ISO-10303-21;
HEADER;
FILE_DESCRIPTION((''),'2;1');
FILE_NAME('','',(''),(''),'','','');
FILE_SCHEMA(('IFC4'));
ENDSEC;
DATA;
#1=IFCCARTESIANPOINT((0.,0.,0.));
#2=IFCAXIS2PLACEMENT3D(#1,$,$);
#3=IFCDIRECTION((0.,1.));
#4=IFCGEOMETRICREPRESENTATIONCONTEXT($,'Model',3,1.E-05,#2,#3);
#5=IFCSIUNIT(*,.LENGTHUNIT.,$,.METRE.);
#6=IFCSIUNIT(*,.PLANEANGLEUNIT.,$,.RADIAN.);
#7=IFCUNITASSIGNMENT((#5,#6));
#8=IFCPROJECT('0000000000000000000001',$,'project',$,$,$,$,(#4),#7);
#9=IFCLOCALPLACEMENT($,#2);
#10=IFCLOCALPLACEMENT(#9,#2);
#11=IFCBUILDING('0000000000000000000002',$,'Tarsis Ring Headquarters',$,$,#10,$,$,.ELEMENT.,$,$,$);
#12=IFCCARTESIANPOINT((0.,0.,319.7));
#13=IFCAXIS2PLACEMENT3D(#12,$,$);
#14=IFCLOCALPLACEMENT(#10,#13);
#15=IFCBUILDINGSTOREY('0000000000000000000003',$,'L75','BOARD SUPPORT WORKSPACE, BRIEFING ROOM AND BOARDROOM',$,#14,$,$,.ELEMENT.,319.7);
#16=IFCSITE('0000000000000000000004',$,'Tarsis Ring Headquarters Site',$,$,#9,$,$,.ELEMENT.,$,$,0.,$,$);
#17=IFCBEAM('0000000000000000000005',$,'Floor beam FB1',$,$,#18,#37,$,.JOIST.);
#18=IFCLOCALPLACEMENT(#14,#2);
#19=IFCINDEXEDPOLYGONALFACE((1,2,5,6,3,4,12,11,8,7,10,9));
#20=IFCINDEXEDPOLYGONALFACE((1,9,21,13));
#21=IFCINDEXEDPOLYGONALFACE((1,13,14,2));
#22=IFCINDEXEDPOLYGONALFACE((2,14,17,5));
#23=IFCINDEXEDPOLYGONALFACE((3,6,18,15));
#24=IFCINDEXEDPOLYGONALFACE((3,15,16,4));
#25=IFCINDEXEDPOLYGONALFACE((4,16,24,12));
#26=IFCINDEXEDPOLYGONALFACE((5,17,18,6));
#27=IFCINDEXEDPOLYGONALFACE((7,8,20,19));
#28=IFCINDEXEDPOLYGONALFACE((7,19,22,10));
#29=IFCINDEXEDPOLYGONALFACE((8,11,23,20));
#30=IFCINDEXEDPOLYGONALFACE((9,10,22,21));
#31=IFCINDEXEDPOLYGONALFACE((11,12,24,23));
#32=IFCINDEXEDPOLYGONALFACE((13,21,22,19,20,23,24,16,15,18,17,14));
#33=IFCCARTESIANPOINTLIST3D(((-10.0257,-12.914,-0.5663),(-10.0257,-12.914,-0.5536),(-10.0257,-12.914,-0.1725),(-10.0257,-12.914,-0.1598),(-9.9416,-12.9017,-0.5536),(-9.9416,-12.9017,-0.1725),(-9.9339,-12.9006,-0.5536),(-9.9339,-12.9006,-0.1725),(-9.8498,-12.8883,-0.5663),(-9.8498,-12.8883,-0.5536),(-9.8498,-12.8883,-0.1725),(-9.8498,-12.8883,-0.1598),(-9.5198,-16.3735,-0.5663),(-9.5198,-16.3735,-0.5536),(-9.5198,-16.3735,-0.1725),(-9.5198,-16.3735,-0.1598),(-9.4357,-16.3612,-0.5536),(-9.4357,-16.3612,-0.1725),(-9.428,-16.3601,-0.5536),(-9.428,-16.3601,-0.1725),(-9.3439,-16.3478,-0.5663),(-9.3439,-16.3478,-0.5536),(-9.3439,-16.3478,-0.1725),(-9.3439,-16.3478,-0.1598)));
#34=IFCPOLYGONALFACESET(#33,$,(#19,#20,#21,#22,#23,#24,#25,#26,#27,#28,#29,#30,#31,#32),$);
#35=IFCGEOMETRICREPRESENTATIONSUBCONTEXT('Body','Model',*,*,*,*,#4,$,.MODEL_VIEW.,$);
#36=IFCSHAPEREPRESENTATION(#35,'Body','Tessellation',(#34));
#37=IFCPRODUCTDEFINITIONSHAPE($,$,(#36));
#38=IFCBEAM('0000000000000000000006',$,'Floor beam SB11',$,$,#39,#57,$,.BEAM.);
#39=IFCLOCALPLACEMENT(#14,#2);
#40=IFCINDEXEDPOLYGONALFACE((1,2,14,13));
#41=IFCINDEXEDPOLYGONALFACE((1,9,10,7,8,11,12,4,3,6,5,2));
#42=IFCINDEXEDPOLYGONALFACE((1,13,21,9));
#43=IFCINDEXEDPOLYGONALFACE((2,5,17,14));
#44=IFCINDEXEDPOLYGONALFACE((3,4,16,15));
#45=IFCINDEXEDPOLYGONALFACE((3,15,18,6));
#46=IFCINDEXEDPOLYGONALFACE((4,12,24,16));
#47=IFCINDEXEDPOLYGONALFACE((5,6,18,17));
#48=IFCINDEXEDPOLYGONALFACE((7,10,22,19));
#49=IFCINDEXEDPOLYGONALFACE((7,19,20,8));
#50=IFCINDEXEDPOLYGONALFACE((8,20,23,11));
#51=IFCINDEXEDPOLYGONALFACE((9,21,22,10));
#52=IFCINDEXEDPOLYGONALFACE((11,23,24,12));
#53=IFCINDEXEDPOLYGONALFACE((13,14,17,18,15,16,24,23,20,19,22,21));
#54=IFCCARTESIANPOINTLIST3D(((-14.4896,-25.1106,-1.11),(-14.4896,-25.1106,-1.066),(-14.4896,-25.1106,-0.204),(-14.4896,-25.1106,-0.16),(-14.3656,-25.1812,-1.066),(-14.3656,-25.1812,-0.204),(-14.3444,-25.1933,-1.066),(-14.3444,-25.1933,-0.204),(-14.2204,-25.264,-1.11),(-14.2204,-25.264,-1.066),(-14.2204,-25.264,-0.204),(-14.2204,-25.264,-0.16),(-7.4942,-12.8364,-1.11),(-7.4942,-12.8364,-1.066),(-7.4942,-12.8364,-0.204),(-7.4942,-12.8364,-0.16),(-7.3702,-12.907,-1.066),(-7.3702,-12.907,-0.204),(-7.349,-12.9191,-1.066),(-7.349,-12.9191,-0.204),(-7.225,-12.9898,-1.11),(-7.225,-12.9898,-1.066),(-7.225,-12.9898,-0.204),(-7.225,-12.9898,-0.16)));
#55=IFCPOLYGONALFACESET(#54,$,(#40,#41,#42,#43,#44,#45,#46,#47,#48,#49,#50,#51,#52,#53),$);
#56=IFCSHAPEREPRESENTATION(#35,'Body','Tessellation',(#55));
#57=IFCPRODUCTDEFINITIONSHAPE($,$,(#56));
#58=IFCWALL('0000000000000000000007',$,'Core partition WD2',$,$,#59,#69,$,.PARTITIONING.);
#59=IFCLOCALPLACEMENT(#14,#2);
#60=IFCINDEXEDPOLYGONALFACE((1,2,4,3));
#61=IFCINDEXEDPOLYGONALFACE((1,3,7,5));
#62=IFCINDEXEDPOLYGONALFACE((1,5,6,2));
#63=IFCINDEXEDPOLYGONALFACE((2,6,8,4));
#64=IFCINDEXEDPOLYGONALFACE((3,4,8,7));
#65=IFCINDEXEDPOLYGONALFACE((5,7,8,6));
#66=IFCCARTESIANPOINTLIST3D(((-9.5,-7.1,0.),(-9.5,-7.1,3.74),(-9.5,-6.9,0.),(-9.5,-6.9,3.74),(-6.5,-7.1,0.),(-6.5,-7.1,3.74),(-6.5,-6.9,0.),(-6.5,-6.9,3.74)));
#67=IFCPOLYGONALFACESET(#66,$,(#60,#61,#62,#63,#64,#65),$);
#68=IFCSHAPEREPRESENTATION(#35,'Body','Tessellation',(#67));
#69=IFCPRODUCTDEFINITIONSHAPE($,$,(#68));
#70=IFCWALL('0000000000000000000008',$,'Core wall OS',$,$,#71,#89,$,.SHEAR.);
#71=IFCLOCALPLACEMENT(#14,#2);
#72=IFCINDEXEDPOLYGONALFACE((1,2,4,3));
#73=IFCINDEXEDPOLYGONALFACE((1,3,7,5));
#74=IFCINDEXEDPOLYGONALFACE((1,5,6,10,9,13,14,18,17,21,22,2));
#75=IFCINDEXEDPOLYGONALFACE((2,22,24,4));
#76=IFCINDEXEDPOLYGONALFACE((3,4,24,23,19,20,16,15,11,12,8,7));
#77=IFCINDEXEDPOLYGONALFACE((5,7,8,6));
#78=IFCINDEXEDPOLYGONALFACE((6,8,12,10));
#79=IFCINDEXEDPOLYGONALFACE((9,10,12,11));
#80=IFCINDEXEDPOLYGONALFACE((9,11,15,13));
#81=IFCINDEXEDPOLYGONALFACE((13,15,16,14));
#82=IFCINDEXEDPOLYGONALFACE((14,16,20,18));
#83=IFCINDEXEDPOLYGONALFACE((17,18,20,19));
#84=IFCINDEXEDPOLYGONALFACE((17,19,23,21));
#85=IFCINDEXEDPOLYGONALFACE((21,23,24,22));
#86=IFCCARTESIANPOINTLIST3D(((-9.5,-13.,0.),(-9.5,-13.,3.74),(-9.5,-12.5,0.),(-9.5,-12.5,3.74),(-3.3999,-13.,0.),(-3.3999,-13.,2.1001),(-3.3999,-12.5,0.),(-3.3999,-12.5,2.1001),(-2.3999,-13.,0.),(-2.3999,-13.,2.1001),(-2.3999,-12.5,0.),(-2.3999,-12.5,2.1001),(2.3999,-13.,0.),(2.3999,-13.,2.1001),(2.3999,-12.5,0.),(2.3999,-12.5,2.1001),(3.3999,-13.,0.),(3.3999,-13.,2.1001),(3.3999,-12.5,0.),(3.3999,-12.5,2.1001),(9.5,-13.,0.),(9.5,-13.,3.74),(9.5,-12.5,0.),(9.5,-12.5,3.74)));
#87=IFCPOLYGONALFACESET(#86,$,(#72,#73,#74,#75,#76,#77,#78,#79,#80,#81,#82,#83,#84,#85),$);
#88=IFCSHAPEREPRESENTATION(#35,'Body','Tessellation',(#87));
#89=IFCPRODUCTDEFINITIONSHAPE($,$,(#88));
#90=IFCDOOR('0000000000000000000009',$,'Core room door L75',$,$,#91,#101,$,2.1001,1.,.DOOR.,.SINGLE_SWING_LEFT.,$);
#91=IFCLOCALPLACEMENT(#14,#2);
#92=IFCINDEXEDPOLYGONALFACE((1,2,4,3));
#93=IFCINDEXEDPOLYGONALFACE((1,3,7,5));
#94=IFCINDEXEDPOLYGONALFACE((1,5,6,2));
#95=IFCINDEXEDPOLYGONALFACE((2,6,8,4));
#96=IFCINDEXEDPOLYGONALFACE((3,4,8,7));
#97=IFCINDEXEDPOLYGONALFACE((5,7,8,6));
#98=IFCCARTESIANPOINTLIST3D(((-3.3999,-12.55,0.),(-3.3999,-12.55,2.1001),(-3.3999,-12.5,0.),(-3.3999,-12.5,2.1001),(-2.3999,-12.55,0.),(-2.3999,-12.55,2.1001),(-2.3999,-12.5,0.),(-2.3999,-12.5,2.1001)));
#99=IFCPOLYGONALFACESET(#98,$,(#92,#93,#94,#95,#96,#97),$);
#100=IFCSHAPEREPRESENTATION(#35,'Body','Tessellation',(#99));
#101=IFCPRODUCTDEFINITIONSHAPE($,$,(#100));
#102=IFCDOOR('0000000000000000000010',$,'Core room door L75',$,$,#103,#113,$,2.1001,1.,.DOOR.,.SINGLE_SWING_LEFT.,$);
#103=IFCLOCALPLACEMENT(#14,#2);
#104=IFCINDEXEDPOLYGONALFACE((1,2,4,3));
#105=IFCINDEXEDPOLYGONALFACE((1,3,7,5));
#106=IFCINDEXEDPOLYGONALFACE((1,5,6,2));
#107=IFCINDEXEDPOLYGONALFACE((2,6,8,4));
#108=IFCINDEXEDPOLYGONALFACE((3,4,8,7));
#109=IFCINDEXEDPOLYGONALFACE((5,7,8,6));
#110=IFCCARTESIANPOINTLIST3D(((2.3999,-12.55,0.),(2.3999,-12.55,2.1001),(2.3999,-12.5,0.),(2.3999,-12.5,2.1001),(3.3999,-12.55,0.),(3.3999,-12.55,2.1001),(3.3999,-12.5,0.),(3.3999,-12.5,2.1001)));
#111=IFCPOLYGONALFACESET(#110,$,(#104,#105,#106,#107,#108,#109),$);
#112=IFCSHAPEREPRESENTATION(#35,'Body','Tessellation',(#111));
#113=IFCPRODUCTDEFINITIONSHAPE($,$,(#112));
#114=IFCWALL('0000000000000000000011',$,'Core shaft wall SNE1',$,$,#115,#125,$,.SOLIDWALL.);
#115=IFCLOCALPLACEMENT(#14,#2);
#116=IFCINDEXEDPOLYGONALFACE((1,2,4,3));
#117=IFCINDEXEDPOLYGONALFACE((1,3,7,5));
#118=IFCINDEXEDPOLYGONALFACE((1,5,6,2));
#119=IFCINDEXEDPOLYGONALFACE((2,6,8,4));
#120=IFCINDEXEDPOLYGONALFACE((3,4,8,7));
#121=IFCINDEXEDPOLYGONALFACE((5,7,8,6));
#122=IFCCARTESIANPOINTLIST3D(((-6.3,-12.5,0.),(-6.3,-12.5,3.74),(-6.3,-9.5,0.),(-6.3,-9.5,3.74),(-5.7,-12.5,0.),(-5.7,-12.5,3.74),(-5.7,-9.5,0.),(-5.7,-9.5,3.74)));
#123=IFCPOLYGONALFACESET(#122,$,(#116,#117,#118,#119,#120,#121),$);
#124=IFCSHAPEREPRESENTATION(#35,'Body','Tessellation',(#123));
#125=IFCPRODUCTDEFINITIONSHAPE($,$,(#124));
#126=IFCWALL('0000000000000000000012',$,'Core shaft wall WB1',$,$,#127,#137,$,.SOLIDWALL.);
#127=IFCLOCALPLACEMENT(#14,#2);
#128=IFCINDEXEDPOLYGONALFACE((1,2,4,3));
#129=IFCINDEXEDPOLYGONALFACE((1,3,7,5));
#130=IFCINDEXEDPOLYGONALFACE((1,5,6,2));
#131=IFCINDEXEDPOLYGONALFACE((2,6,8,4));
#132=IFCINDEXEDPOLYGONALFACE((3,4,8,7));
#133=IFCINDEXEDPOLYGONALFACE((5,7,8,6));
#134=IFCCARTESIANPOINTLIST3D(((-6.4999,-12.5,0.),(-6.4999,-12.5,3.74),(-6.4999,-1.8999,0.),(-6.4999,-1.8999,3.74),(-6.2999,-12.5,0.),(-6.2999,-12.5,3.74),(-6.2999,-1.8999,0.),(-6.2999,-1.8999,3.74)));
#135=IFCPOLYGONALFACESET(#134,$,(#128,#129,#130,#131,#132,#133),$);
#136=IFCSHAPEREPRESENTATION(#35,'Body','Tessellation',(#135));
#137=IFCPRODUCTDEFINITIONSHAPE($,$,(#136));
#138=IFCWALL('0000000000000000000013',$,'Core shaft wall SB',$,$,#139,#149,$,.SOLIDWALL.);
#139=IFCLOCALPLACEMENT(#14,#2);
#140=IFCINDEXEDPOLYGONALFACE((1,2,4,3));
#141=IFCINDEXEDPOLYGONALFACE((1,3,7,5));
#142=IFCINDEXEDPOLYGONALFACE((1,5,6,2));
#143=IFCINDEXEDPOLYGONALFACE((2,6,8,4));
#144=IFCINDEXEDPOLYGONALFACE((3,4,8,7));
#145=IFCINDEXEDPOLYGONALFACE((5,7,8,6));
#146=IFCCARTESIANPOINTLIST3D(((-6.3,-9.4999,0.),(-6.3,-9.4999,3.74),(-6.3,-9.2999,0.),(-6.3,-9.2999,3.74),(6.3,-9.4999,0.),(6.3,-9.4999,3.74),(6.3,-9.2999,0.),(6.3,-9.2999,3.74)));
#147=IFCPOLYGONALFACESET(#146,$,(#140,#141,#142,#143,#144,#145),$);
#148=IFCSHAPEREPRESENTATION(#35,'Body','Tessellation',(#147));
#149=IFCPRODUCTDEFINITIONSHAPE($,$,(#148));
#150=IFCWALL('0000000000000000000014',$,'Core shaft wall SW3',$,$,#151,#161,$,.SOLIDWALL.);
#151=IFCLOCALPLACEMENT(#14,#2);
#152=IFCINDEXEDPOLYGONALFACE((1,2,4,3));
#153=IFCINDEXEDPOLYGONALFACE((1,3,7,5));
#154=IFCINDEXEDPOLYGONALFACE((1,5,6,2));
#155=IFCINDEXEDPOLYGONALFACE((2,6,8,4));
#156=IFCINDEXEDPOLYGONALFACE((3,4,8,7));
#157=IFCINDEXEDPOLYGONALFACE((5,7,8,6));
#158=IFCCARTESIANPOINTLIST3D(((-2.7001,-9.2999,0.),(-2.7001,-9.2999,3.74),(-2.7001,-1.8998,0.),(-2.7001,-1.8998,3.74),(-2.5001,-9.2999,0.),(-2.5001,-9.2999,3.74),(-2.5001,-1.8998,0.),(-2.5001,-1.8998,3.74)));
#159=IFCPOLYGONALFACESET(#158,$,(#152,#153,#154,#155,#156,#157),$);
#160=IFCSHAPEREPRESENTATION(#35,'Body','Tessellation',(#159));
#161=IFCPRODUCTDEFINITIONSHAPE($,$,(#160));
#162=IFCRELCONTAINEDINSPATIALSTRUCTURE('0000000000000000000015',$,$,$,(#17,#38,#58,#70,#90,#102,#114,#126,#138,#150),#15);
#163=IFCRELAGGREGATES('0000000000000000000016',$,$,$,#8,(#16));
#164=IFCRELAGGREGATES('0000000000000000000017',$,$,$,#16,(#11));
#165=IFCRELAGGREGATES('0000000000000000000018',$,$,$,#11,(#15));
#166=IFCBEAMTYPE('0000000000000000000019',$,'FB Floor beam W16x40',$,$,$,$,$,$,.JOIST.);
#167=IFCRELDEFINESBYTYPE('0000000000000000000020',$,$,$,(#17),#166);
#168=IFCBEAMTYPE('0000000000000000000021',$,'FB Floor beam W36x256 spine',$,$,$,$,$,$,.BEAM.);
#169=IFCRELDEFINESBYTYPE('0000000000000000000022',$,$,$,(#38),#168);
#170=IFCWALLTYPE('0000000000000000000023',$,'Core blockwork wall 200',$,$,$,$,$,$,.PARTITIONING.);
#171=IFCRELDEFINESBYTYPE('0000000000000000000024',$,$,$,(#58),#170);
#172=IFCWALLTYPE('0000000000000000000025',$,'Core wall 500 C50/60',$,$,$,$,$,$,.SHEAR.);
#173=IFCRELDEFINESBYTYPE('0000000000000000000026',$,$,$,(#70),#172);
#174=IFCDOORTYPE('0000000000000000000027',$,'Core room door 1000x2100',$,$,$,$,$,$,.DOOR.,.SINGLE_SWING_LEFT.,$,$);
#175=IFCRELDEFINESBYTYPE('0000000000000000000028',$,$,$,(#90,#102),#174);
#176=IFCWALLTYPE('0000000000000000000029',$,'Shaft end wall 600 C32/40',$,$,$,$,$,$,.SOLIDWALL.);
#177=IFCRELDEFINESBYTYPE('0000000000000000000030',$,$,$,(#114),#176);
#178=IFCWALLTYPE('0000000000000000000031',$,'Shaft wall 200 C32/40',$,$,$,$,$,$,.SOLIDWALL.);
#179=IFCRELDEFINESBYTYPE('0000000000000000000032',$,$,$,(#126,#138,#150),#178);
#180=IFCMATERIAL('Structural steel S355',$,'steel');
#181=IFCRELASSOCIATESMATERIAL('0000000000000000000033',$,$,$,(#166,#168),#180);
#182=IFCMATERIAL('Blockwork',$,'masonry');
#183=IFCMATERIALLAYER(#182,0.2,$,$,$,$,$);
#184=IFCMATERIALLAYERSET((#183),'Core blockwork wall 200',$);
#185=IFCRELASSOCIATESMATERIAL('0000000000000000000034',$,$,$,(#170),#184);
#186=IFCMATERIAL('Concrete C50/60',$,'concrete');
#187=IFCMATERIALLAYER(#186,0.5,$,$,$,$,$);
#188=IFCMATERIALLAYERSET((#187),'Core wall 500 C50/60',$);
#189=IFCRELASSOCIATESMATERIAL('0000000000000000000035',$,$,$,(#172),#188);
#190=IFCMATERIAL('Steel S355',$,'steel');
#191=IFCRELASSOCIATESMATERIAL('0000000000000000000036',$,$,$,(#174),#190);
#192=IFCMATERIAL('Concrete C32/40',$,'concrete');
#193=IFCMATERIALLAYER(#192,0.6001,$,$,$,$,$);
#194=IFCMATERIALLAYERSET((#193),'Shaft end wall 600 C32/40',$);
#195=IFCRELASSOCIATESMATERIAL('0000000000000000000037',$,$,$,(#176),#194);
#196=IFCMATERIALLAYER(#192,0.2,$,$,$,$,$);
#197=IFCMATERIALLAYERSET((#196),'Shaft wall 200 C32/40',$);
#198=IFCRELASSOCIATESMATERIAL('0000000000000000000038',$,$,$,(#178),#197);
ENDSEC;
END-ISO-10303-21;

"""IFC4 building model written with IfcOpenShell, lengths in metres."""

from ifc_helpers import new_model, si_unit, direction, frame, frame_2d, origin, origin_2d, place, context, subcontext, project, spatial, rectangle, i_section, extrude, material, layer, layer_set, material_profile, profile_set, type_object, element, fill, save


model = new_model("IFC4")

# Units and contexts
model_context = context("Model", 3, precision=1e-05, world=origin(), true_north=direction((0.0, 1.0)))
body_context = subcontext(model_context, "Body", "Model", "MODEL_VIEW")
ifc_project = project(units=[si_unit("LENGTHUNIT", "METRE"), si_unit("PLANEANGLEUNIT", "RADIAN")], contexts=[model_context])

# Site, building, storey
site_placement = place(None, origin())
site = spatial("IfcSite", under=ifc_project, at=site_placement, Name="Tarsis Ring Headquarters Site", CompositionType="ELEMENT", RefElevation=0.0)
building_placement = place(site_placement, origin())
building = spatial("IfcBuilding", under=site, at=building_placement, Name="Tarsis Ring Headquarters", CompositionType="ELEMENT")
storey_placement = place(building_placement, frame((0.0, 0.0, 319.7)))
storey = spatial("IfcBuildingStorey", under=building, at=storey_placement, Name="L75", Description="BOARD SUPPORT WORKSPACE, BRIEFING ROOM AND BOARDROOM", CompositionType="ELEMENT", Elevation=319.7)

# Beams
ifc_material_1 = material(Name="Structural steel S355", Category="steel")
ifc_material_profile_1 = material_profile(ifc_material_1, i_section(OverallWidth=0.1777, OverallDepth=0.4065, WebThickness=0.0078, FlangeThickness=0.0127, at=origin_2d()), Name="W16x40")
ifc_profile_set_1 = profile_set([ifc_material_profile_1], Name="Structural steel S355")
beam_type_1 = type_object("IfcBeamType", Name="FB Floor beam W16x40", PredefinedType="JOIST", material=ifc_profile_set_1)
beam_1_placement = place(storey_placement, frame((-9.9377, -12.9011, -0.363), z_axis=(0.144686, -0.989478, 0.0), x_axis=(0.989478, 0.144686, 0.0)))
element("IfcBeam", 1, at=beam_1_placement, inside=storey, type_object=beam_type_1, Name="Floor beam FB1", PredefinedType="JOIST", context=body_context, shape_type="SweptSolid", body=[
    extrude(i_section(OverallWidth=0.1777, OverallDepth=0.4065, WebThickness=0.0078, FlangeThickness=0.0127, at=origin_2d()), origin(), (0.0, 0.0, 1.0), 3.4963),
])
ifc_material_profile_2 = material_profile(ifc_material_1, i_section(OverallWidth=0.3098, OverallDepth=0.95, WebThickness=0.0244, FlangeThickness=0.0439, at=origin_2d()), Name="W36x256")
ifc_profile_set_2 = profile_set([ifc_material_profile_2], Name="Structural steel S355")
beam_type_2 = type_object("IfcBeamType", Name="FB Floor beam W36x256 spine", PredefinedType="BEAM", material=ifc_profile_set_2)
beam_2_placement = place(storey_placement, frame((-7.3596, -12.9131, -0.635), z_axis=(-0.495154, -0.868805, 0.0), x_axis=(0.868805, -0.495154, 0.0)))
element("IfcBeam", 2, at=beam_2_placement, inside=storey, type_object=beam_type_2, Name="Floor beam SB11", PredefinedType="BEAM", context=body_context, shape_type="SweptSolid", body=[
    extrude(i_section(OverallWidth=0.3098, OverallDepth=0.95, WebThickness=0.0244, FlangeThickness=0.0439, at=origin_2d()), origin(), (0.0, 0.0, 1.0), 14.1277),
])

# Wall
ifc_material_2 = material(Name="Blockwork", Category="masonry")
ifc_layer_1 = layer(ifc_material_2, 0.2)
ifc_layer_set_1 = layer_set([ifc_layer_1], Name="Core blockwork wall 200")
wall_type_1 = type_object("IfcWallType", Name="Core blockwork wall 200", PredefinedType="PARTITIONING", material=ifc_layer_set_1)
wall_1_placement = place(storey_placement, frame((-9.5, -7.0, 0.0), z_axis=(0.0, 0.0, 1.0), x_axis=(1.0, 0.0, 0.0)))
element("IfcWall", 3, at=wall_1_placement, inside=storey, type_object=wall_type_1, Name="Core partition WD2", PredefinedType="PARTITIONING", context=body_context, shape_type="SweptSolid", body=[
    extrude(rectangle(XDim=3.0, YDim=0.2, at=frame_2d((1.5, 0.0))), origin(), (0.0, 0.0, 1.0), 3.74),
])

# Wall, openings, doors
ifc_material_3 = material(Name="Concrete C50/60", Category="concrete")
ifc_layer_2 = layer(ifc_material_3, 0.5)
ifc_layer_set_2 = layer_set([ifc_layer_2], Name="Core wall 500 C50/60")
wall_type_2 = type_object("IfcWallType", Name="Core wall 500 C50/60", PredefinedType="SHEAR", material=ifc_layer_set_2)
wall_2_placement = place(storey_placement, frame((-9.5, -12.75, 0.0), z_axis=(0.0, 0.0, 1.0), x_axis=(1.0, 0.0, 0.0)))
wall_2 = element("IfcWall", 4, at=wall_2_placement, inside=storey, type_object=wall_type_2, Name="Core wall OS", PredefinedType="SHEAR", context=body_context, shape_type="SweptSolid", body=[
    extrude(rectangle(XDim=19.0, YDim=0.5, at=frame_2d((9.5, 0.0))), origin(), (0.0, 0.0, 1.0), 3.74),
])
opening_1_placement = place(wall_2_placement, frame((6.1001, 0.0, 0.0)))
opening_1 = element("IfcOpeningElement", 5, at=opening_1_placement, cuts=wall_2, PredefinedType="OPENING", context=body_context, shape_type="SweptSolid", body=[
    extrude(rectangle(XDim=1.0, YDim=2.1001, at=frame_2d((0.5, 1.05))), frame((0.0, 0.26, 0.0), z_axis=(0.0, -1.0, 0.0), x_axis=(1.0, 0.0, 0.0)), (0.0, 0.0, 1.0), 0.52),
])
opening_2_placement = place(wall_2_placement, frame((11.8999, 0.0, 0.0)))
opening_2 = element("IfcOpeningElement", 6, at=opening_2_placement, cuts=wall_2, PredefinedType="OPENING", context=body_context, shape_type="SweptSolid", body=[
    extrude(rectangle(XDim=1.0, YDim=2.1001, at=frame_2d((0.5, 1.05))), frame((0.0, 0.26, 0.0), z_axis=(0.0, -1.0, 0.0), x_axis=(1.0, 0.0, 0.0)), (0.0, 0.0, 1.0), 0.52),
])
ifc_material_4 = material(Name="Steel S355", Category="steel")
door_type = type_object("IfcDoorType", Name="Core room door 1000x2100", OperationType="SINGLE_SWING_LEFT", PredefinedType="DOOR", material=ifc_material_4)
door_1_placement = place(opening_1_placement, origin())
door_1 = element("IfcDoor", 7, at=door_1_placement, inside=storey, type_object=door_type, Name="Core room door L75", OperationType="SINGLE_SWING_LEFT", OverallHeight=2.1001, OverallWidth=1.0, PredefinedType="DOOR", context=body_context, shape_type="SweptSolid", body=[
    extrude(rectangle(XDim=1.0, YDim=2.1001, at=frame_2d((0.5, 1.05))), frame((0.0, 0.25, 0.0), z_axis=(0.0, -1.0, 0.0), x_axis=(1.0, 0.0, 0.0)), (0.0, 0.0, 1.0), 0.05),
])
fill(opening_1, door_1)
door_2_placement = place(opening_2_placement, origin())
door_2 = element("IfcDoor", 8, at=door_2_placement, inside=storey, type_object=door_type, Name="Core room door L75", OperationType="SINGLE_SWING_LEFT", OverallHeight=2.1001, OverallWidth=1.0, PredefinedType="DOOR", context=body_context, shape_type="SweptSolid", body=[
    extrude(rectangle(XDim=1.0, YDim=2.1001, at=frame_2d((0.5, 1.05))), frame((0.0, 0.25, 0.0), z_axis=(0.0, -1.0, 0.0), x_axis=(1.0, 0.0, 0.0)), (0.0, 0.0, 1.0), 0.05),
])
fill(opening_2, door_2)

# Walls
ifc_material_5 = material(Name="Concrete C32/40", Category="concrete")
ifc_layer_3 = layer(ifc_material_5, 0.6001)
ifc_layer_set_3 = layer_set([ifc_layer_3], Name="Shaft end wall 600 C32/40")
wall_type_3 = type_object("IfcWallType", Name="Shaft end wall 600 C32/40", PredefinedType="SOLIDWALL", material=ifc_layer_set_3)
wall_3_placement = place(storey_placement, frame((-6.0, -12.5, 0.0), z_axis=(0.0, 0.0, 1.0), x_axis=(0.0, 1.0, 0.0)))
element("IfcWall", 9, at=wall_3_placement, inside=storey, type_object=wall_type_3, Name="Core shaft wall SNE1", PredefinedType="SOLIDWALL", context=body_context, shape_type="SweptSolid", body=[
    extrude(rectangle(XDim=3.0, YDim=0.6001, at=frame_2d((1.5, 0.0))), origin(), (0.0, 0.0, 1.0), 3.74),
])
ifc_layer_4 = layer(ifc_material_5, 0.2)
ifc_layer_set_4 = layer_set([ifc_layer_4], Name="Shaft wall 200 C32/40")
wall_type_4 = type_object("IfcWallType", Name="Shaft wall 200 C32/40", PredefinedType="SOLIDWALL", material=ifc_layer_set_4)
wall_4_placement = place(storey_placement, frame((-6.3999, -12.5, 0.0), z_axis=(0.0, 0.0, 1.0), x_axis=(0.0, 1.0, 0.0)))
element("IfcWall", 10, at=wall_4_placement, inside=storey, type_object=wall_type_4, Name="Core shaft wall WB1", PredefinedType="SOLIDWALL", context=body_context, shape_type="SweptSolid", body=[
    extrude(rectangle(XDim=10.6001, YDim=0.2, at=frame_2d((5.3, 0.0))), origin(), (0.0, 0.0, 1.0), 3.74),
])
wall_5_placement = place(storey_placement, frame((-6.3, -9.3999, 0.0), z_axis=(0.0, 0.0, 1.0), x_axis=(1.0, 0.0, 0.0)))
element("IfcWall", 11, at=wall_5_placement, inside=storey, type_object=wall_type_4, Name="Core shaft wall SB", PredefinedType="SOLIDWALL", context=body_context, shape_type="SweptSolid", body=[
    extrude(rectangle(XDim=12.6001, YDim=0.2, at=frame_2d((6.3, 0.0))), origin(), (0.0, 0.0, 1.0), 3.74),
])
wall_6_placement = place(storey_placement, frame((-2.6001, -9.3, 0.0), z_axis=(0.0, 0.0, 1.0), x_axis=(0.0, 1.0, 0.0)))
element("IfcWall", 12, at=wall_6_placement, inside=storey, type_object=wall_type_4, Name="Core shaft wall SW3", PredefinedType="SOLIDWALL", context=body_context, shape_type="SweptSolid", body=[
    extrude(rectangle(XDim=7.4001, YDim=0.2, at=frame_2d((3.7002, 0.0))), origin(), (0.0, 0.0, 1.0), 3.74),
])

save(model, "model.ifc")
